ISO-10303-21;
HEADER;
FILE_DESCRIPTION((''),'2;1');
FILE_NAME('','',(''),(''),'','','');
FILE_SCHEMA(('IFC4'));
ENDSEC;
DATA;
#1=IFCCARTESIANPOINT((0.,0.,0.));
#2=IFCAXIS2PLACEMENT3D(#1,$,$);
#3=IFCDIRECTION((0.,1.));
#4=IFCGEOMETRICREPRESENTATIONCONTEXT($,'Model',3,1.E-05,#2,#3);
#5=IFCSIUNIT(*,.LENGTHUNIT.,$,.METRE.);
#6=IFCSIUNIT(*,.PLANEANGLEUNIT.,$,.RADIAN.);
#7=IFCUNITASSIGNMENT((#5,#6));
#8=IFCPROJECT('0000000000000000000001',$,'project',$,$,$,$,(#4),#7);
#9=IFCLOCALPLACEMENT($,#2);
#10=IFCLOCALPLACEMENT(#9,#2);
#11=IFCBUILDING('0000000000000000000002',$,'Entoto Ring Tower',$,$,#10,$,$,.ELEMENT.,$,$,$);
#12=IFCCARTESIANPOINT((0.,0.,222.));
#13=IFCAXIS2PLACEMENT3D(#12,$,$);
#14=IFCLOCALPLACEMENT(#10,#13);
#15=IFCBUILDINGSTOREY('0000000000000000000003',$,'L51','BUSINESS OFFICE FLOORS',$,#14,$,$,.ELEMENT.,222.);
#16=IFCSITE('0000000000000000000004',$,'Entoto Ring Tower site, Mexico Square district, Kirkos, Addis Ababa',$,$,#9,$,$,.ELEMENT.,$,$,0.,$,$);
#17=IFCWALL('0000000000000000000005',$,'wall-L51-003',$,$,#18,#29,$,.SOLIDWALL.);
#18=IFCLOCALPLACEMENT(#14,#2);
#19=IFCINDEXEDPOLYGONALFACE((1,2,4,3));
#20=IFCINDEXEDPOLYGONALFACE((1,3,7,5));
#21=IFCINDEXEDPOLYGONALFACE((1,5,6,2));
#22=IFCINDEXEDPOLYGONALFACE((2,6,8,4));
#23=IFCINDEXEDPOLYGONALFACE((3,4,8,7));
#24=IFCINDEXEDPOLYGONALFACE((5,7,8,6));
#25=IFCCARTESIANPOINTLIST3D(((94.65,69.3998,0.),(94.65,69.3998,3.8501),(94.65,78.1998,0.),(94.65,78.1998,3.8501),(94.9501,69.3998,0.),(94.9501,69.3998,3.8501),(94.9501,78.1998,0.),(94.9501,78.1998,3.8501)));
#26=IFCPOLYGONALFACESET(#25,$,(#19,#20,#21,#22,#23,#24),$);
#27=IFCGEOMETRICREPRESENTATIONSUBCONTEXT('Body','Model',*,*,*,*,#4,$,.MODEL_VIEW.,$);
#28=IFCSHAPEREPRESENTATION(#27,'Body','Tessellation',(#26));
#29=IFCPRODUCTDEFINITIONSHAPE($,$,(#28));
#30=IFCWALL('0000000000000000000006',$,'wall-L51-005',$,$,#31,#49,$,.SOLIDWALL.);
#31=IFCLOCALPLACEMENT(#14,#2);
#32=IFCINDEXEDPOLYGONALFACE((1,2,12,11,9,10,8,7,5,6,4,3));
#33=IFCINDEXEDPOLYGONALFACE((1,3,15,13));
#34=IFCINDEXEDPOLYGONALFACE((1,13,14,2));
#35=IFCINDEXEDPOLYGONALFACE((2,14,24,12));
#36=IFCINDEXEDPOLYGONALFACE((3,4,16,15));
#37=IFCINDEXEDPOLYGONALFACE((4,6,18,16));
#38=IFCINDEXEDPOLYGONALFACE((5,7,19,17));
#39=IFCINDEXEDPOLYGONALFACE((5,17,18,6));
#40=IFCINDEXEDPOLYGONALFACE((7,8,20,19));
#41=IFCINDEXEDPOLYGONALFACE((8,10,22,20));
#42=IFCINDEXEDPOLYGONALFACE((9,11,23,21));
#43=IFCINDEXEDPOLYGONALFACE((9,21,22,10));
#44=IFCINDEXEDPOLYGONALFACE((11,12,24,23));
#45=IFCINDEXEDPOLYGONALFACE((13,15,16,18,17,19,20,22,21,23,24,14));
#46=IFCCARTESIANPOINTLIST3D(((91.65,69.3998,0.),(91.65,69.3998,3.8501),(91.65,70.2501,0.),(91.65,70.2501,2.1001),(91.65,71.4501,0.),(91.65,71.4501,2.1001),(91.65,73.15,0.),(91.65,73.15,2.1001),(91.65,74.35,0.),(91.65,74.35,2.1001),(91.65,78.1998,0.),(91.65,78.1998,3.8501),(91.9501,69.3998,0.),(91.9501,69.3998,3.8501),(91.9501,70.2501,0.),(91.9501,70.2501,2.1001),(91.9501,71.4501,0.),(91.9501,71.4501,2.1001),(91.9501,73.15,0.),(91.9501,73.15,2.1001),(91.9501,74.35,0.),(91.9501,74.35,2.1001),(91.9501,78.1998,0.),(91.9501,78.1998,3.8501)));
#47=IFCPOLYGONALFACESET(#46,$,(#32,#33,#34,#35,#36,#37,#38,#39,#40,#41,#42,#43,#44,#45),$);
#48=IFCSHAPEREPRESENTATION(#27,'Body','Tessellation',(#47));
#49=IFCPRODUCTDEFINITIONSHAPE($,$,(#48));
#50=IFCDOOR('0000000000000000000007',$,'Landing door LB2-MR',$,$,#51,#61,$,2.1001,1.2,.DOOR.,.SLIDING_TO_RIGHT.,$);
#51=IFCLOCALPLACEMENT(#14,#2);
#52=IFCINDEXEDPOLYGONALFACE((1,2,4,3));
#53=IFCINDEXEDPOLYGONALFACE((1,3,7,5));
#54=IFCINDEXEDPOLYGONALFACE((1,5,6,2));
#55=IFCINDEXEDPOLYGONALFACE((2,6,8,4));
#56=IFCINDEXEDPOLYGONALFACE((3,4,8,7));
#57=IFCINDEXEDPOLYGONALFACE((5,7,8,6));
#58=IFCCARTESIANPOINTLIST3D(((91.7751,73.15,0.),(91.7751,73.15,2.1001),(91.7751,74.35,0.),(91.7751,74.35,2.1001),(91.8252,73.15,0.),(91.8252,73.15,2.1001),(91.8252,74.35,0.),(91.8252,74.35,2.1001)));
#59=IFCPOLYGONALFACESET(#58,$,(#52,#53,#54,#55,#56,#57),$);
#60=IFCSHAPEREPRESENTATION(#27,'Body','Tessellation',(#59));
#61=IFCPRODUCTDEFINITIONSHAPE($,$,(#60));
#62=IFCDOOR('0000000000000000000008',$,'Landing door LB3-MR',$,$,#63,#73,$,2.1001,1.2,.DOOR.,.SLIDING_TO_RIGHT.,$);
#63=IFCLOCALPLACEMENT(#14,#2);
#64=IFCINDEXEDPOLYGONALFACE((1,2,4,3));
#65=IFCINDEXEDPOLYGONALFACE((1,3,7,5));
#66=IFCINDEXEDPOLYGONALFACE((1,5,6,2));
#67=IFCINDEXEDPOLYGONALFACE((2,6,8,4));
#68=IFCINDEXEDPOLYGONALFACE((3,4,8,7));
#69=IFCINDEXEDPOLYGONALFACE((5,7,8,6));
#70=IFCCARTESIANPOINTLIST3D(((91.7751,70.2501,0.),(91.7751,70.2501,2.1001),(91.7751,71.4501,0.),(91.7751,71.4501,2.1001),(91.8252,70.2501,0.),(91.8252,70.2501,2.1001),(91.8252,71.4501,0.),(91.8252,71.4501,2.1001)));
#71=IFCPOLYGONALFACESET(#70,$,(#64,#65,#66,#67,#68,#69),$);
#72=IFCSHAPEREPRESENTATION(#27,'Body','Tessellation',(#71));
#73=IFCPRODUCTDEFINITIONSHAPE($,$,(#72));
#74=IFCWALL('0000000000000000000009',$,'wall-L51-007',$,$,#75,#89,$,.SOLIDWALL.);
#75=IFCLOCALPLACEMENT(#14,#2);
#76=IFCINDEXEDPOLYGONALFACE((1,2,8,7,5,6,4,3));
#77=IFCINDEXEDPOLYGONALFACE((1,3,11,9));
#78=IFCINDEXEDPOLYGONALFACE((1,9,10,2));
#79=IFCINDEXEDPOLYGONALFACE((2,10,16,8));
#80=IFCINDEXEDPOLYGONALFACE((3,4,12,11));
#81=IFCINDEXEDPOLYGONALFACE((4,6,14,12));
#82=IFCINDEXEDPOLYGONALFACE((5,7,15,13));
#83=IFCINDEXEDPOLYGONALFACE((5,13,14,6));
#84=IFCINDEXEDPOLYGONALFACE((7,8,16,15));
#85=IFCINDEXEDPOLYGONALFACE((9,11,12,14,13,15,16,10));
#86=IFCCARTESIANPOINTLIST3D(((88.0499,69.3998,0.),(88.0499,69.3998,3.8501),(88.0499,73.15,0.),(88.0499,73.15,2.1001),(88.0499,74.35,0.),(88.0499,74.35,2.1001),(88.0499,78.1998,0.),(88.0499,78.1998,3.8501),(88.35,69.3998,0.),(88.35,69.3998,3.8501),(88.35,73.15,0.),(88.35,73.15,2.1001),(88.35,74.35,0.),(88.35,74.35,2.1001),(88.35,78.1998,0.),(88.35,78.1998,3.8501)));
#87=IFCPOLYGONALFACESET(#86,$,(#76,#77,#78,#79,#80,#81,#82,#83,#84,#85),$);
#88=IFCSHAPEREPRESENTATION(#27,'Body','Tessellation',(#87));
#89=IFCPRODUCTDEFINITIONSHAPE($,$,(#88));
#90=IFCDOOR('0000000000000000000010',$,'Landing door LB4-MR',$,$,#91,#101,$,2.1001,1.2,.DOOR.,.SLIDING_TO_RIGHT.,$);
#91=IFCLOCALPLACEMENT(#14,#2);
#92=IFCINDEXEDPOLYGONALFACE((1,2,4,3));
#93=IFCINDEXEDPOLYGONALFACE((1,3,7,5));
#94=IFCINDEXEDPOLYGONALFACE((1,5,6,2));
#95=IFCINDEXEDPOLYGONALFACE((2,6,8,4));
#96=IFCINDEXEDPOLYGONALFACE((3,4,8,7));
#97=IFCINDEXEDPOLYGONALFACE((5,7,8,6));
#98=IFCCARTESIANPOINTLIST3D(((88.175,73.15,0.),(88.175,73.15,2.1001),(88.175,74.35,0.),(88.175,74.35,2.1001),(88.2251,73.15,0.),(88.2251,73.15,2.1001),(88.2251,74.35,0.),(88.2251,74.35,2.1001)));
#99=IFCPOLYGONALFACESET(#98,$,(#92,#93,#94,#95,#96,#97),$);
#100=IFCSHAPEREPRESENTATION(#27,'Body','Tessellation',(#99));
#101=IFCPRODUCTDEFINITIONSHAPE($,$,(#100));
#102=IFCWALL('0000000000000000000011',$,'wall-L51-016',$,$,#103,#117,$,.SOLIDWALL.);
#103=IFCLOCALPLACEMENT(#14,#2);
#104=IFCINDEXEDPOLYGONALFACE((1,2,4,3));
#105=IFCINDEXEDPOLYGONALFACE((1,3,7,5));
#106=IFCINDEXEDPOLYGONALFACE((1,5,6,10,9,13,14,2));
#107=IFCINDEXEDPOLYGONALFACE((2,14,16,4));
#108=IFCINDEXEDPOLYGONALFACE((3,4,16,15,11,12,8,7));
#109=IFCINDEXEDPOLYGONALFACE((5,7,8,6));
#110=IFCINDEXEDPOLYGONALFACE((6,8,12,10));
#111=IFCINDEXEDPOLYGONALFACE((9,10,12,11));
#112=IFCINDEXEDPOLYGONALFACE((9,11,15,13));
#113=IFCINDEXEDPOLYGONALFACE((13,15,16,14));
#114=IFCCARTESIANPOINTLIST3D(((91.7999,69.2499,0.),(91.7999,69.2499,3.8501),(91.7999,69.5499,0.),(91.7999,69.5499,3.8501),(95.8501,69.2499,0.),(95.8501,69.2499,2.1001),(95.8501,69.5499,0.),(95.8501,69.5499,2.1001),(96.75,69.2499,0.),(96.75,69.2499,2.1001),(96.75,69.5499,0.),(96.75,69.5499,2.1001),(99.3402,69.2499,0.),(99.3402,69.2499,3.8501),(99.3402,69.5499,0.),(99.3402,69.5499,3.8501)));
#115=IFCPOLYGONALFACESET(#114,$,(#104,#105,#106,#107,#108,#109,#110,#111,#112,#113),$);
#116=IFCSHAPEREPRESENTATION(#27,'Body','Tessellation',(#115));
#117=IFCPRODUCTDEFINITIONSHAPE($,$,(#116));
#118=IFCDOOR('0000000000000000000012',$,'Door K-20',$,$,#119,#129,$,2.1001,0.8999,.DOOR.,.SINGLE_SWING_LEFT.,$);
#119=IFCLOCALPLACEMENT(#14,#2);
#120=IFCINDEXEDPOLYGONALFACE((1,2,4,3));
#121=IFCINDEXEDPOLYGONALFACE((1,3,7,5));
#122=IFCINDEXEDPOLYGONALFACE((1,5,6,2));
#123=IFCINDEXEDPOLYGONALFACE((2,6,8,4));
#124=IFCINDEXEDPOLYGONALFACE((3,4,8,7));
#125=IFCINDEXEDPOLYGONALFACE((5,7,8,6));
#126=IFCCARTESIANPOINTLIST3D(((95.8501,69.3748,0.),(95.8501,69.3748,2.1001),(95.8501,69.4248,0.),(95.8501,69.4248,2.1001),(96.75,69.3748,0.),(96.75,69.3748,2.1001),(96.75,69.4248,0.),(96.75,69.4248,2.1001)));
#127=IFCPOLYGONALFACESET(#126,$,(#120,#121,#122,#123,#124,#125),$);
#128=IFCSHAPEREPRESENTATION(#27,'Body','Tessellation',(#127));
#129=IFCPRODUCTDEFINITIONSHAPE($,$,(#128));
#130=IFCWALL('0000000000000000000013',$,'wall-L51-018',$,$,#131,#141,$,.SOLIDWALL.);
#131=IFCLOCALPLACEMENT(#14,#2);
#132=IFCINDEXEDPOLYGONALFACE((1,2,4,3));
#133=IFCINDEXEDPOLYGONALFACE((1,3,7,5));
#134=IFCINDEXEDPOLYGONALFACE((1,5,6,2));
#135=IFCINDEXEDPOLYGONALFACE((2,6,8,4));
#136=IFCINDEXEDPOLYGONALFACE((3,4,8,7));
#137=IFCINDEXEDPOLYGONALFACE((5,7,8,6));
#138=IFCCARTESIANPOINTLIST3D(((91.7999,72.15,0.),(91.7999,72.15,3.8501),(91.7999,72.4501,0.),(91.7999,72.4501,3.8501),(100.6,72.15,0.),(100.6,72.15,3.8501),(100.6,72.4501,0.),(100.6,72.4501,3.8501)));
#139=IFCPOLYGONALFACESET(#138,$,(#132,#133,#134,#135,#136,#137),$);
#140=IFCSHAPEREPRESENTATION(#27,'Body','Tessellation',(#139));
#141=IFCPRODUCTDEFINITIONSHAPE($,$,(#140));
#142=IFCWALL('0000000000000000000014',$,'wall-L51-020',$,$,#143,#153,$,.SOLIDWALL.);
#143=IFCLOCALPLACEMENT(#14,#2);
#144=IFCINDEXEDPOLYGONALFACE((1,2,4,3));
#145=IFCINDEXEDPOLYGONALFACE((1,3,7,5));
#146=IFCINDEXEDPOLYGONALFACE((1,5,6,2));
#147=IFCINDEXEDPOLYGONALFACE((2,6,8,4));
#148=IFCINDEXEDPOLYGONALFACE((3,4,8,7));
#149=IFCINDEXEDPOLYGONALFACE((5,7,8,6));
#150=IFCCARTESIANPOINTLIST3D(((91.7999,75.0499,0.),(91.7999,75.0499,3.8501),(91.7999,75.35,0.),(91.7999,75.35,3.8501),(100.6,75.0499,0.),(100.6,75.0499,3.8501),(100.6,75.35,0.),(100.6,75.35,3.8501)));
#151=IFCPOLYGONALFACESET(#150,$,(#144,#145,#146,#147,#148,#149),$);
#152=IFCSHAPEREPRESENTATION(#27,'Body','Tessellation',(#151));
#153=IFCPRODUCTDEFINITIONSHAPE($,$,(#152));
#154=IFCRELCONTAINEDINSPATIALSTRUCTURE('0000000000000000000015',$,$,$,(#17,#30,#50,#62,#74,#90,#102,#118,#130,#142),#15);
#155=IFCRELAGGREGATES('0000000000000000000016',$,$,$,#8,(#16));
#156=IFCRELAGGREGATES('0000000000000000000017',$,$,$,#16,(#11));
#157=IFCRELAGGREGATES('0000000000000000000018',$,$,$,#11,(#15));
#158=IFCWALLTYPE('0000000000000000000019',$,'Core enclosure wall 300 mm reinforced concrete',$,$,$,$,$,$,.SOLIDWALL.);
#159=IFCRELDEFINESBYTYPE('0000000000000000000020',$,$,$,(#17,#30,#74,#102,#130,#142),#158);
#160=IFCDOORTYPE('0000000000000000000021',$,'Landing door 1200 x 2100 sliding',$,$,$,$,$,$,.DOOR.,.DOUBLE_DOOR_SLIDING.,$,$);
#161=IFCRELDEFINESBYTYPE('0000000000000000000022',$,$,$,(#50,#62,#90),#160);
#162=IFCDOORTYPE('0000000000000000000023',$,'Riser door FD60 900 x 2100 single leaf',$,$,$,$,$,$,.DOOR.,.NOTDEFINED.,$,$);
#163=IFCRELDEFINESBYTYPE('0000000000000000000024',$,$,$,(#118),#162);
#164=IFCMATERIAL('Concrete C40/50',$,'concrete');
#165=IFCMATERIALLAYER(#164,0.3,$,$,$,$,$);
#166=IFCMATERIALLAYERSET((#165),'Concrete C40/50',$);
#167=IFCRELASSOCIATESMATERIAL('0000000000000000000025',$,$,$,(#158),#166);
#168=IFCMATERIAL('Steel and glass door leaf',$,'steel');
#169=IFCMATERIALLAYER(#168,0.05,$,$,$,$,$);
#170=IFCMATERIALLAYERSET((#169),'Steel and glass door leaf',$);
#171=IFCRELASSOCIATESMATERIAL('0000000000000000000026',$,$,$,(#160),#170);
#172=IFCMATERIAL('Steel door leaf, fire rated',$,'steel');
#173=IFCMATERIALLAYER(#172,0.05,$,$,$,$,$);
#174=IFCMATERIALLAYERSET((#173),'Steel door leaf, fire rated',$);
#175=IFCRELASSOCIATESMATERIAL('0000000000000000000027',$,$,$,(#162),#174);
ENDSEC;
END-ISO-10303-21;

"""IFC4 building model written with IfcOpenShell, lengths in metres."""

from ifc_helpers import new_model, si_unit, direction, frame, frame_2d, origin, place, context, subcontext, project, spatial, rectangle, extrude, material, layer, layer_set, type_object, element, fill, save


model = new_model("IFC4")

# Units and contexts
model_context = context("Model", 3, precision=1e-05, world=origin(), true_north=direction((0.0, 1.0)))
body_context = subcontext(model_context, "Body", "Model", "MODEL_VIEW")
ifc_project = project(units=[si_unit("LENGTHUNIT", "METRE"), si_unit("PLANEANGLEUNIT", "RADIAN")], contexts=[model_context])

# Site, building, storey
site_placement = place(None, origin())
site = spatial("IfcSite", under=ifc_project, at=site_placement, Name="Entoto Ring Tower site, Mexico Square district, Kirkos, Addis Ababa", CompositionType="ELEMENT", RefElevation=0.0)
building_placement = place(site_placement, origin())
building = spatial("IfcBuilding", under=site, at=building_placement, Name="Entoto Ring Tower", CompositionType="ELEMENT")
storey_placement = place(building_placement, frame((0.0, 0.0, 222.0)))
storey = spatial("IfcBuildingStorey", under=building, at=storey_placement, Name="L51", Description="BUSINESS OFFICE FLOORS", CompositionType="ELEMENT", Elevation=222.0)

# Wall
ifc_material_1 = material(Name="Concrete C40/50", Category="concrete")
ifc_layer_1 = layer(ifc_material_1, 0.3)
ifc_layer_set_1 = layer_set([ifc_layer_1], Name="Concrete C40/50")
wall_type_1 = type_object("IfcWallType", Name="Core enclosure wall 300 mm reinforced concrete", PredefinedType="SOLIDWALL", material=ifc_layer_set_1)
wall_1_placement = place(storey_placement, frame((94.8, 69.3999, 0.0), z_axis=(0.0, 0.0, 1.0), x_axis=(0.0, 1.0, 0.0)))
element("IfcWall", 1, at=wall_1_placement, inside=storey, type_object=wall_type_1, Name="wall-L51-003", PredefinedType="SOLIDWALL", context=body_context, shape_type="SweptSolid", body=[
    extrude(rectangle(XDim=8.8, YDim=0.3, at=frame_2d((4.3999, 0.0))), origin(), (0.0, 0.0, 1.0), 3.8501),
])

# Wall, openings, doors
wall_2_placement = place(storey_placement, frame((91.8, 69.3999, 0.0), z_axis=(0.0, 0.0, 1.0), x_axis=(0.0, 1.0, 0.0)))
wall_2 = element("IfcWall", 2, at=wall_2_placement, inside=storey, type_object=wall_type_1, Name="wall-L51-005", PredefinedType="SOLIDWALL", context=body_context, shape_type="SweptSolid", body=[
    extrude(rectangle(XDim=8.8, YDim=0.3, at=frame_2d((4.3999, 0.0))), origin(), (0.0, 0.0, 1.0), 3.8501),
])
opening_1_placement = place(wall_2_placement, frame((3.75, 0.0, 0.0)))
opening_1 = element("IfcOpeningElement", 3, at=opening_1_placement, cuts=wall_2, PredefinedType="OPENING", context=body_context, shape_type="SweptSolid", body=[
    extrude(rectangle(XDim=1.2, YDim=2.1001, at=frame_2d((0.6001, 1.05))), frame((0.0, 0.1602, 0.0), z_axis=(0.0, -1.0, 0.0), x_axis=(1.0, 0.0, 0.0)), (0.0, 0.0, 1.0), 0.3201),
])
opening_2_placement = place(wall_2_placement, frame((0.8501, 0.0, 0.0)))
opening_2 = element("IfcOpeningElement", 4, at=opening_2_placement, cuts=wall_2, PredefinedType="OPENING", context=body_context, shape_type="SweptSolid", body=[
    extrude(rectangle(XDim=1.2, YDim=2.1001, at=frame_2d((0.6001, 1.05))), frame((0.0, 0.1602, 0.0), z_axis=(0.0, -1.0, 0.0), x_axis=(1.0, 0.0, 0.0)), (0.0, 0.0, 1.0), 0.3201),
])
ifc_material_2 = material(Name="Steel and glass door leaf", Category="steel")
ifc_layer_2 = layer(ifc_material_2, 0.05)
ifc_layer_set_2 = layer_set([ifc_layer_2], Name="Steel and glass door leaf")
door_type_1 = type_object("IfcDoorType", Name="Landing door 1200 x 2100 sliding", OperationType="DOUBLE_DOOR_SLIDING", PredefinedType="DOOR", material=ifc_layer_set_2)
door_1_placement = place(opening_1_placement, origin())
door_1 = element("IfcDoor", 5, at=door_1_placement, inside=storey, type_object=door_type_1, Name="Landing door LB2-MR", OperationType="SLIDING_TO_RIGHT", OverallHeight=2.1001, OverallWidth=1.2, PredefinedType="DOOR", context=body_context, shape_type="SweptSolid", body=[
    extrude(rectangle(XDim=1.2, YDim=2.1001, at=frame_2d((0.6001, 1.05))), frame((0.0, 0.0249, 0.0), z_axis=(0.0, -1.0, 0.0), x_axis=(1.0, 0.0, 0.0)), (0.0, 0.0, 1.0), 0.05),
])
fill(opening_1, door_1)
door_2_placement = place(opening_2_placement, origin())
door_2 = element("IfcDoor", 6, at=door_2_placement, inside=storey, type_object=door_type_1, Name="Landing door LB3-MR", OperationType="SLIDING_TO_RIGHT", OverallHeight=2.1001, OverallWidth=1.2, PredefinedType="DOOR", context=body_context, shape_type="SweptSolid", body=[
    extrude(rectangle(XDim=1.2, YDim=2.1001, at=frame_2d((0.6001, 1.05))), frame((0.0, 0.0249, 0.0), z_axis=(0.0, -1.0, 0.0), x_axis=(1.0, 0.0, 0.0)), (0.0, 0.0, 1.0), 0.05),
])
fill(opening_2, door_2)

# Walls, openings, doors
wall_3_placement = place(storey_placement, frame((88.2, 69.3999, 0.0), z_axis=(0.0, 0.0, 1.0), x_axis=(0.0, 1.0, 0.0)))
wall_3 = element("IfcWall", 7, at=wall_3_placement, inside=storey, type_object=wall_type_1, Name="wall-L51-007", PredefinedType="SOLIDWALL", context=body_context, shape_type="SweptSolid", body=[
    extrude(rectangle(XDim=8.8, YDim=0.3, at=frame_2d((4.3999, 0.0))), origin(), (0.0, 0.0, 1.0), 3.8501),
])
opening_3_placement = place(wall_3_placement, frame((3.75, 0.0, 0.0)))
opening_3 = element("IfcOpeningElement", 8, at=opening_3_placement, cuts=wall_3, PredefinedType="OPENING", context=body_context, shape_type="SweptSolid", body=[
    extrude(rectangle(XDim=1.2, YDim=2.1001, at=frame_2d((0.6001, 1.05))), frame((0.0, 0.1602, 0.0), z_axis=(0.0, -1.0, 0.0), x_axis=(1.0, 0.0, 0.0)), (0.0, 0.0, 1.0), 0.3201),
])
door_3_placement = place(opening_3_placement, origin())
door_3 = element("IfcDoor", 9, at=door_3_placement, inside=storey, type_object=door_type_1, Name="Landing door LB4-MR", OperationType="SLIDING_TO_RIGHT", OverallHeight=2.1001, OverallWidth=1.2, PredefinedType="DOOR", context=body_context, shape_type="SweptSolid", body=[
    extrude(rectangle(XDim=1.2, YDim=2.1001, at=frame_2d((0.6001, 1.05))), frame((0.0, 0.0249, 0.0), z_axis=(0.0, -1.0, 0.0), x_axis=(1.0, 0.0, 0.0)), (0.0, 0.0, 1.0), 0.05),
])
fill(opening_3, door_3)
wall_4_placement = place(storey_placement, frame((91.8, 69.3999, 0.0), z_axis=(0.0, 0.0, 1.0), x_axis=(1.0, 0.0, 0.0)))
wall_4 = element("IfcWall", 10, at=wall_4_placement, inside=storey, type_object=wall_type_1, Name="wall-L51-016", PredefinedType="SOLIDWALL", context=body_context, shape_type="SweptSolid", body=[
    extrude(rectangle(XDim=7.5403, YDim=0.3, at=frame_2d((3.77, 0.0))), origin(), (0.0, 0.0, 1.0), 3.8501),
])
opening_4_placement = place(wall_4_placement, frame((4.05, 0.0, 0.0)))
opening_4 = element("IfcOpeningElement", 11, at=opening_4_placement, cuts=wall_4, PredefinedType="OPENING", context=body_context, shape_type="SweptSolid", body=[
    extrude(rectangle(XDim=0.8999, YDim=2.1001, at=frame_2d((0.45, 1.05))), frame((0.0, 0.1602, 0.0), z_axis=(0.0, -1.0, 0.0), x_axis=(1.0, 0.0, 0.0)), (0.0, 0.0, 1.0), 0.3201),
])
ifc_material_3 = material(Name="Steel door leaf, fire rated", Category="steel")
ifc_layer_3 = layer(ifc_material_3, 0.05)
ifc_layer_set_3 = layer_set([ifc_layer_3], Name="Steel door leaf, fire rated")
door_type_2 = type_object("IfcDoorType", Name="Riser door FD60 900 x 2100 single leaf", OperationType="NOTDEFINED", PredefinedType="DOOR", material=ifc_layer_set_3)
door_4_placement = place(opening_4_placement, origin())
door_4 = element("IfcDoor", 12, at=door_4_placement, inside=storey, type_object=door_type_2, Name="Door K-20", OperationType="SINGLE_SWING_LEFT", OverallHeight=2.1001, OverallWidth=0.8999, PredefinedType="DOOR", context=body_context, shape_type="SweptSolid", body=[
    extrude(rectangle(XDim=0.8999, YDim=2.1001, at=frame_2d((0.45, 1.05))), frame((0.0, 0.0249, 0.0), z_axis=(0.0, -1.0, 0.0), x_axis=(1.0, 0.0, 0.0)), (0.0, 0.0, 1.0), 0.05),
])
fill(opening_4, door_4)

# Walls
for number, where, z_axis, x_axis, name in (
    (13, (91.8, 72.3, 0.0), (0.0, 0.0, 1.0), (1.0, 0.0, 0.0), "wall-L51-018"),
    (14, (91.8, 75.2, 0.0), (0.0, 0.0, 1.0), (1.0, 0.0, 0.0), "wall-L51-020"),
):
    element("IfcWall", number, at=place(storey_placement, frame(where, z_axis=z_axis, x_axis=x_axis)), inside=storey, type_object=wall_type_1, Name=name, PredefinedType="SOLIDWALL", context=body_context, shape_type="SweptSolid", body=[
        extrude(rectangle(XDim=8.8, YDim=0.3, at=frame_2d((4.3999, 0.0))), origin(), (0.0, 0.0, 1.0), 3.8501),
    ])

save(model, "model.ifc")
